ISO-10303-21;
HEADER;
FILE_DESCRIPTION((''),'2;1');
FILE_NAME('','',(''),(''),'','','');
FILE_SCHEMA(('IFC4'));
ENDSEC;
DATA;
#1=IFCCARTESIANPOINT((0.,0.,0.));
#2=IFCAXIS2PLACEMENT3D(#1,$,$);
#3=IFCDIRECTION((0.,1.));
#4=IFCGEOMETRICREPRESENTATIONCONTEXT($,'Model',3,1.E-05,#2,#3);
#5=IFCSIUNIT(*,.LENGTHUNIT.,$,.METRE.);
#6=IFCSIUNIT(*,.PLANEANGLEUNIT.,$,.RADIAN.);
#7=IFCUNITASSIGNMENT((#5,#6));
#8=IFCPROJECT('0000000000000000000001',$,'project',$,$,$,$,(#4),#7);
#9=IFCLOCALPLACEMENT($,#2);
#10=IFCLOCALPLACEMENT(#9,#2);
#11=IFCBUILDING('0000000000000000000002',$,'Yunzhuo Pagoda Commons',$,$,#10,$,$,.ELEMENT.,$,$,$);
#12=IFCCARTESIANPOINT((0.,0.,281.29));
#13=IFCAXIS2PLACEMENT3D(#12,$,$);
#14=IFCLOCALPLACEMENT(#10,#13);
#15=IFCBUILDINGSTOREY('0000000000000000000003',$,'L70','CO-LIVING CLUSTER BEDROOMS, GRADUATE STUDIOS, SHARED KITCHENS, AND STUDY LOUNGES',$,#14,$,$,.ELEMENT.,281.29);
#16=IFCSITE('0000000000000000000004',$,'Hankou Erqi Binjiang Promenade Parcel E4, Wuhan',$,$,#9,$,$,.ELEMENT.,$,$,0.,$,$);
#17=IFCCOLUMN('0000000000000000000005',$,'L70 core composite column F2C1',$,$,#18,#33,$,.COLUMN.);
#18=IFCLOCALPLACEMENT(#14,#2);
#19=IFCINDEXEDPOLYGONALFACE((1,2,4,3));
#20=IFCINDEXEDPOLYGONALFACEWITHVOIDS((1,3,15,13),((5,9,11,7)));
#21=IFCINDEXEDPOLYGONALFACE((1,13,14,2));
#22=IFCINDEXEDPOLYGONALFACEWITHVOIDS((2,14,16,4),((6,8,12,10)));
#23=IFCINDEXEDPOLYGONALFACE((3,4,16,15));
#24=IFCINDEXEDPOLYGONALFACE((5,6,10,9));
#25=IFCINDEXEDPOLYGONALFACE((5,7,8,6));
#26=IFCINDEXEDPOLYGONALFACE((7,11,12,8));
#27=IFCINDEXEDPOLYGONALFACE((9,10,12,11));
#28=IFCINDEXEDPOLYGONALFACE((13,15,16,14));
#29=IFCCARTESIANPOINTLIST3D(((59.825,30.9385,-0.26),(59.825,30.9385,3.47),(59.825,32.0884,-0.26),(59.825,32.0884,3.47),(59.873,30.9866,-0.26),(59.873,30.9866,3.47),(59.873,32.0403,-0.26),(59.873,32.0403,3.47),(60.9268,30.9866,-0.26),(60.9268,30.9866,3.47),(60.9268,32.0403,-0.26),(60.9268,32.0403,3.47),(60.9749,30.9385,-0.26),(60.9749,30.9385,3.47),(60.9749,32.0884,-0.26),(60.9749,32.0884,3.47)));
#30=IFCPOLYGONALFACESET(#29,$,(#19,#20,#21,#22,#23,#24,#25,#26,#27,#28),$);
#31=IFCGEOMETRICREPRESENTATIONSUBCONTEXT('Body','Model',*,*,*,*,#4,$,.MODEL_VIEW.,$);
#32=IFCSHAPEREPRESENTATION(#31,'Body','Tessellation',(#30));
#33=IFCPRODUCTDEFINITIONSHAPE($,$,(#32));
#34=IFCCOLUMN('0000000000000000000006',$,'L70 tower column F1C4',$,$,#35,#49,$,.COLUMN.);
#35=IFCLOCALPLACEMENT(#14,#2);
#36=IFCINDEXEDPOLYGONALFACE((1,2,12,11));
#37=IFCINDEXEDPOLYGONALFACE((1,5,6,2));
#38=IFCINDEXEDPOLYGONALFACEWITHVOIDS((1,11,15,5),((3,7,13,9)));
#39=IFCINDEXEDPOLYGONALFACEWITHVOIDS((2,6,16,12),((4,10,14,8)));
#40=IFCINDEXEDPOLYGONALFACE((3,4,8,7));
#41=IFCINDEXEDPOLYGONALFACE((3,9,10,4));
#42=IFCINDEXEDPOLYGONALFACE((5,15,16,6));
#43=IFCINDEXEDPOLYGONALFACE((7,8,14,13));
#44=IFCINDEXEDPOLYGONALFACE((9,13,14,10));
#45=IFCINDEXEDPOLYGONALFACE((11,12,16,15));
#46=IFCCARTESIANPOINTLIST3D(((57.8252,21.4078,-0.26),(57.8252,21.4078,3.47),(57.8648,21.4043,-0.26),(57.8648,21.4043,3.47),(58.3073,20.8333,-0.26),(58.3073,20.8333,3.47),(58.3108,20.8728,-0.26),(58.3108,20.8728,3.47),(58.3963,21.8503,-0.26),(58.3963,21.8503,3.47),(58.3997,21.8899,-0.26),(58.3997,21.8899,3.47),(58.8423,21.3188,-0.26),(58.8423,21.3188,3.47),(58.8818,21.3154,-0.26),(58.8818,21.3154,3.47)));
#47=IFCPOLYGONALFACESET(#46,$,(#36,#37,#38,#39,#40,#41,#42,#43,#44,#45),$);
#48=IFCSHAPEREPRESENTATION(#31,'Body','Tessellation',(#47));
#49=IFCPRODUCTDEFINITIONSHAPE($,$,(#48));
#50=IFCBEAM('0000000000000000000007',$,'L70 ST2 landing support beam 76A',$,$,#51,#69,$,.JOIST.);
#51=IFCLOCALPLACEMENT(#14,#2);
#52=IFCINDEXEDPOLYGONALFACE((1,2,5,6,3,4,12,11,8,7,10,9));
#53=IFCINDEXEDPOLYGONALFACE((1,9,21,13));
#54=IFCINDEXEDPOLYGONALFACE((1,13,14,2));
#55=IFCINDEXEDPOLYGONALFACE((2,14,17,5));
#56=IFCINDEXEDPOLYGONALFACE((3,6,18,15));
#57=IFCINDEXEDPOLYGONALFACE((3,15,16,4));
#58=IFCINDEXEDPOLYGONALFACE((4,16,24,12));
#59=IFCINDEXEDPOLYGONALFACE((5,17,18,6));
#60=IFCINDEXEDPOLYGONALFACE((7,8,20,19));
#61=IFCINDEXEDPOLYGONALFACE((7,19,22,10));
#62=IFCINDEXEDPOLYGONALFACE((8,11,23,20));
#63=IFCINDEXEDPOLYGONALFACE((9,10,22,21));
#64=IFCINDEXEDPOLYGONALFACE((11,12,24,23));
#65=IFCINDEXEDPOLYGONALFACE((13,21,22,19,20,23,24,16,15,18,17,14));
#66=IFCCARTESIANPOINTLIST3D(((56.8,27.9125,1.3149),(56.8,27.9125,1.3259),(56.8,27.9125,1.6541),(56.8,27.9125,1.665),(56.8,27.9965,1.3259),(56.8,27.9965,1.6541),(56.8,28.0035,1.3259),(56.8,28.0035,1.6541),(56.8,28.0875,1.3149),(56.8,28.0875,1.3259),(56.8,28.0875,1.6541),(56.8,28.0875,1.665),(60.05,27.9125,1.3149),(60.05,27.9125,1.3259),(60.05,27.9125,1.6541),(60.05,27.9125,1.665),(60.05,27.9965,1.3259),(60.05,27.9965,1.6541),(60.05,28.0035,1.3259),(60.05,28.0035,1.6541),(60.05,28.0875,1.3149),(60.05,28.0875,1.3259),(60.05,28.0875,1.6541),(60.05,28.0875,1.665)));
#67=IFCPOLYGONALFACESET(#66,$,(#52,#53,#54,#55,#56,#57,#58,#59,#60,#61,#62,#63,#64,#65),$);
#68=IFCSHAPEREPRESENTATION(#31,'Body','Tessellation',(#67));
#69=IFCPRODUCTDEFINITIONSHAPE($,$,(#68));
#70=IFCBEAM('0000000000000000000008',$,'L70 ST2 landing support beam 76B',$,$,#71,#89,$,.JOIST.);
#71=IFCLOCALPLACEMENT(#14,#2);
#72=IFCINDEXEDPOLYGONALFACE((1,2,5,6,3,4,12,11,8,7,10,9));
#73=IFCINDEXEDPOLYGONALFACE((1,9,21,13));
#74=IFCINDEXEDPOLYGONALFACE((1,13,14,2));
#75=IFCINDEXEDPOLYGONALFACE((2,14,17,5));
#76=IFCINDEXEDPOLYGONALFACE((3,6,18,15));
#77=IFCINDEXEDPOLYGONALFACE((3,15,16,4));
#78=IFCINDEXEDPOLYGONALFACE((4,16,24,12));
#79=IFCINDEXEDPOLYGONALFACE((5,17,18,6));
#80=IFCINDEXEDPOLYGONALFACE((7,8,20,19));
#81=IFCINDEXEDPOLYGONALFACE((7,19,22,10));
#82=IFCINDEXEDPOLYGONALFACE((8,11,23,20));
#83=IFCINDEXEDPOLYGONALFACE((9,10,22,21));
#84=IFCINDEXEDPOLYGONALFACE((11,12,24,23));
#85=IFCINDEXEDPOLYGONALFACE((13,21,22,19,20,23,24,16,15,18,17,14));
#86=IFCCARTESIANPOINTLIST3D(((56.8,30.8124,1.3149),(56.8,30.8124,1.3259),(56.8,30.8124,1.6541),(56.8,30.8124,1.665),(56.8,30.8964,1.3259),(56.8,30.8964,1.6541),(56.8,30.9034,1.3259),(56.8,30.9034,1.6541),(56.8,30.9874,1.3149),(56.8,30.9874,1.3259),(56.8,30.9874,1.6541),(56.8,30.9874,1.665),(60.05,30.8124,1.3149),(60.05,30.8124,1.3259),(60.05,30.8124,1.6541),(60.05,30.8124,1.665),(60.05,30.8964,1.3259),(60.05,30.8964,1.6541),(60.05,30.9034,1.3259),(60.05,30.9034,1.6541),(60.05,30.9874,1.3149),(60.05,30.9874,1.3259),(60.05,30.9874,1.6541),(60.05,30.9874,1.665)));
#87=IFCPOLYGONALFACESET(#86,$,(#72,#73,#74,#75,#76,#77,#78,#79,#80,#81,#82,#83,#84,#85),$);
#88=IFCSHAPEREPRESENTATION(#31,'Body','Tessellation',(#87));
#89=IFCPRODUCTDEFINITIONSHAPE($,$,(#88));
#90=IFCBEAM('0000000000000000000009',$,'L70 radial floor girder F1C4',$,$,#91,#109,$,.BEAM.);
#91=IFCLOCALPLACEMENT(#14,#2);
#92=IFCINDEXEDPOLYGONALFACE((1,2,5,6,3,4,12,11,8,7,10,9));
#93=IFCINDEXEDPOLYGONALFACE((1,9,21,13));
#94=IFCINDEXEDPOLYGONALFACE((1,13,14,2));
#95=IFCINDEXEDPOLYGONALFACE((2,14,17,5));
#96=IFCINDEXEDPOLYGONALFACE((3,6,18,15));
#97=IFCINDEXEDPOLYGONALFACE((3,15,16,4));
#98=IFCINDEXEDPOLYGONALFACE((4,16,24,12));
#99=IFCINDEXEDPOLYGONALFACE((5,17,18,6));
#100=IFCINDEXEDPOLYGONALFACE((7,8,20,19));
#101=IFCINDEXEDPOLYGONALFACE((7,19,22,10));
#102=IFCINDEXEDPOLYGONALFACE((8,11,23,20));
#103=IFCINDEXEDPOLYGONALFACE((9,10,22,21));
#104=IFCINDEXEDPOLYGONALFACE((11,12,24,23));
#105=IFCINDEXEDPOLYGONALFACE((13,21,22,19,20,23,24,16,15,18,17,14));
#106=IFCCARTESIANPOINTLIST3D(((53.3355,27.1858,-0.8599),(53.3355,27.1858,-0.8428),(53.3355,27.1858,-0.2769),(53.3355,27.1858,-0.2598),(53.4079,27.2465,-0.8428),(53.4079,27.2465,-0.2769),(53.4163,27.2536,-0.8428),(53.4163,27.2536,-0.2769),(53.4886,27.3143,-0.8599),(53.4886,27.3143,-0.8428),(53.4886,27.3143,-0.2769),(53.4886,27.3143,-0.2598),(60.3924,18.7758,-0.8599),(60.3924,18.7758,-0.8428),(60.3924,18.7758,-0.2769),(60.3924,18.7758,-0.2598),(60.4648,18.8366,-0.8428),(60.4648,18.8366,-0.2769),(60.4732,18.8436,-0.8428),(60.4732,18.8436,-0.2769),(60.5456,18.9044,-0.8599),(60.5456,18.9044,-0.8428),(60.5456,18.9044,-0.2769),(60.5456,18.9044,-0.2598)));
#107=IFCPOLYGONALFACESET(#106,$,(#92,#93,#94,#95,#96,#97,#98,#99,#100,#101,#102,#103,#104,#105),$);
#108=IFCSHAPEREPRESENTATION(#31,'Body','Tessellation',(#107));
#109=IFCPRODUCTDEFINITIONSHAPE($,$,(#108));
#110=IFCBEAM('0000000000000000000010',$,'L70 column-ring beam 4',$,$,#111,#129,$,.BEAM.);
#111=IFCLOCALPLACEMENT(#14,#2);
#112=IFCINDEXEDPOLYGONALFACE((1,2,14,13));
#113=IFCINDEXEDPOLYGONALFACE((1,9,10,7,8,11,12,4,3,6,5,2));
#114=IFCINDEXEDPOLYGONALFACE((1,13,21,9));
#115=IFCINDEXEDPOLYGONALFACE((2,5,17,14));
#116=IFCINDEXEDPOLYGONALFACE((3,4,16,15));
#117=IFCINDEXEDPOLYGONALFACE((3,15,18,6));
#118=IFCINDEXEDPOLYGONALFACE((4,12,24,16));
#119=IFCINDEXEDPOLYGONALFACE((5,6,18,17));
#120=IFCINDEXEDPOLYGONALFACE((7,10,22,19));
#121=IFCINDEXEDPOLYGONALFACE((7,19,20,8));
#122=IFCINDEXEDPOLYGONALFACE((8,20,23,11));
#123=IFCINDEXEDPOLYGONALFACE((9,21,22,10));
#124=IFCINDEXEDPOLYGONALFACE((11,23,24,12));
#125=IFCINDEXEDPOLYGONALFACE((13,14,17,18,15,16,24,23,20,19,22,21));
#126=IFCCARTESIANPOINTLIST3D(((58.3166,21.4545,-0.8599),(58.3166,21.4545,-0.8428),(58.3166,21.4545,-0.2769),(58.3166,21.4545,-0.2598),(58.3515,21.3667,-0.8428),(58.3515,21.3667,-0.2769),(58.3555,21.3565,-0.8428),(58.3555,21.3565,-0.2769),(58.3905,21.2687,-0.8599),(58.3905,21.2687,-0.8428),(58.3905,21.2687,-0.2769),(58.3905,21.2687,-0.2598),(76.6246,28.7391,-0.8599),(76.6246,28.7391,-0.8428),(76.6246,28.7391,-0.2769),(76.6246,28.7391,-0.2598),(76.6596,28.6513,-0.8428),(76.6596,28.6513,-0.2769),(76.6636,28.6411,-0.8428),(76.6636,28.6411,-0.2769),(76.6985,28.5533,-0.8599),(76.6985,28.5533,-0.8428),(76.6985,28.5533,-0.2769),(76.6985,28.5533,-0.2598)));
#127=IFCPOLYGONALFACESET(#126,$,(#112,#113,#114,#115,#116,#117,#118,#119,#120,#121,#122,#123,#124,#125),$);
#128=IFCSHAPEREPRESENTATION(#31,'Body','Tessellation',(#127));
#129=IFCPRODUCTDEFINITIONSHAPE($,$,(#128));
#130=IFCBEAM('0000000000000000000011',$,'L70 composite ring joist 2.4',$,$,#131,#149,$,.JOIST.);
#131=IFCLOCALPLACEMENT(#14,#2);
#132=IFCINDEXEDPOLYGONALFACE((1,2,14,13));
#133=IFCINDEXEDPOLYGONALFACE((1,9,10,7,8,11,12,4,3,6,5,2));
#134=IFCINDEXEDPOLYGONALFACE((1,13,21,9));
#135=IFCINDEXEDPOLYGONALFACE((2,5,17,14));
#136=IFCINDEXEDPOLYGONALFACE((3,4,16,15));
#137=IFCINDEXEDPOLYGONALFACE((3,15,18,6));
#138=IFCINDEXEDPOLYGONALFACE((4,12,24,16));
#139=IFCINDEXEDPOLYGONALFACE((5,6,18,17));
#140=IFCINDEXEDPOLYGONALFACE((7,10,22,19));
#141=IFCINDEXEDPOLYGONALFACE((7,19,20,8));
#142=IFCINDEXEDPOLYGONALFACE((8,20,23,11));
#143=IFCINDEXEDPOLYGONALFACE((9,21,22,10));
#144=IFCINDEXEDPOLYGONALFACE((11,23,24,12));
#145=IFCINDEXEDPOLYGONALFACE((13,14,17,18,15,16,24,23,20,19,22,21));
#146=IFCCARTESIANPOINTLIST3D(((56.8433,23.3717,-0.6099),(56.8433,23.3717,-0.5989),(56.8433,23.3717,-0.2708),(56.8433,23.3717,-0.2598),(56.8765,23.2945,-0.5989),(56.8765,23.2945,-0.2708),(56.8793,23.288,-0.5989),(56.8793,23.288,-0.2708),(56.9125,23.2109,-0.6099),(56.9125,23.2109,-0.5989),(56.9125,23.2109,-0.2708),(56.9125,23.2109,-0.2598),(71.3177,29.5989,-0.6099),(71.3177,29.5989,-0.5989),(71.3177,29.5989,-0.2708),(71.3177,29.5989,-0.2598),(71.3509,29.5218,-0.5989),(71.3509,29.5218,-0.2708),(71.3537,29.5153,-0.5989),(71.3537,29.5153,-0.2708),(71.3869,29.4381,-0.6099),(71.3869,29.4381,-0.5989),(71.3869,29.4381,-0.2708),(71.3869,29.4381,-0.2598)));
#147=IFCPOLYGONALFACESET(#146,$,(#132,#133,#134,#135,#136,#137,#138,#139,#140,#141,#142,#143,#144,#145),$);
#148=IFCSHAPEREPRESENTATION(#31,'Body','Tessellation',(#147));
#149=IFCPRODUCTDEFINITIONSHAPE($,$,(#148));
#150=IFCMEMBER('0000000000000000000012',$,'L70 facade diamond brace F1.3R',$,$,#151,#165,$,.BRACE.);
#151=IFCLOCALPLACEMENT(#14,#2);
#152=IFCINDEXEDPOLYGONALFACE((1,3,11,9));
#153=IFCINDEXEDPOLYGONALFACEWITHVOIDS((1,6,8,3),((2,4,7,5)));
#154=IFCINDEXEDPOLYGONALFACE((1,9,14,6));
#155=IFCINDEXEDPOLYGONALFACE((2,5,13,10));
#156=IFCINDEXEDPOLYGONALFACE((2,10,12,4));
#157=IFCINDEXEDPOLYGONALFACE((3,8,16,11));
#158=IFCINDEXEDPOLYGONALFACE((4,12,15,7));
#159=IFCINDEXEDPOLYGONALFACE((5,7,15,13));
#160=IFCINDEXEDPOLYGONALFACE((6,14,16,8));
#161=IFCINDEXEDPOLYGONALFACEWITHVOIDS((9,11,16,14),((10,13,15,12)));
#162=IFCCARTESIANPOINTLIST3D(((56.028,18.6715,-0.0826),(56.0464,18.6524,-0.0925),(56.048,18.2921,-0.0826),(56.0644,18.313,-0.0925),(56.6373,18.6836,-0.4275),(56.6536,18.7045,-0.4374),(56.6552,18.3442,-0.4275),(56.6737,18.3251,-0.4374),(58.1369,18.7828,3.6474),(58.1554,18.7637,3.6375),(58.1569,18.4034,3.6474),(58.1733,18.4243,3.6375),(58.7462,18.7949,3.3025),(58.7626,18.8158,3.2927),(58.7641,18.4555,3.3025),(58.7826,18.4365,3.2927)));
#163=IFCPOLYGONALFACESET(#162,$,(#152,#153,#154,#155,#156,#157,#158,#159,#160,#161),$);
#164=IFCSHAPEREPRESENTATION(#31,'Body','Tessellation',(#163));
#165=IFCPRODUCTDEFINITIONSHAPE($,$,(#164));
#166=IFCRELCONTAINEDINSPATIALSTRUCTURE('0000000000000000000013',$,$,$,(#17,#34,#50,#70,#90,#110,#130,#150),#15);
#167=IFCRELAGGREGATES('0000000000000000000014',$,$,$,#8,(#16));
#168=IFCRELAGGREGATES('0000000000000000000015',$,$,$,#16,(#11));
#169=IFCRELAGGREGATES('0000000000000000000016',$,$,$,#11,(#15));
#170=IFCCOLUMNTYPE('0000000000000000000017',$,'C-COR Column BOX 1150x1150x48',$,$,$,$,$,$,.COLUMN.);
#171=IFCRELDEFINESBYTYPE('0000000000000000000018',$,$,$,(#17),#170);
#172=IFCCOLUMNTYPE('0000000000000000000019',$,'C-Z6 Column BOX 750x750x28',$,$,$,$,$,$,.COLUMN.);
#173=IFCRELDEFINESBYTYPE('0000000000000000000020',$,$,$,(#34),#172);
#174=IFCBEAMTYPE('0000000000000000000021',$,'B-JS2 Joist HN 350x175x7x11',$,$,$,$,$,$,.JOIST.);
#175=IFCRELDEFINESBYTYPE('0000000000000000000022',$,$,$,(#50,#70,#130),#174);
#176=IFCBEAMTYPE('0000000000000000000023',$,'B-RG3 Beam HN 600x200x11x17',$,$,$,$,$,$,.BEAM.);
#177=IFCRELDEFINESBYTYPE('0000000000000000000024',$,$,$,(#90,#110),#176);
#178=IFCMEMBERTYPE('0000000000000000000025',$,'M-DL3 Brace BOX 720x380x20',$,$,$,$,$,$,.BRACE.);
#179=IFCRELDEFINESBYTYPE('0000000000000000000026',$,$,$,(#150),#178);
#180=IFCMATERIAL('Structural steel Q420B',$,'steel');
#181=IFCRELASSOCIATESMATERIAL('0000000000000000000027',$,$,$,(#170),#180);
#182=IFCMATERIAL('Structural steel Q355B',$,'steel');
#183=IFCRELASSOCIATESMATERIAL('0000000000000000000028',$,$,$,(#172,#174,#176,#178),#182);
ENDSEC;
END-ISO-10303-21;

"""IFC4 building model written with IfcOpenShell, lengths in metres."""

from ifc_helpers import new_model, si_unit, direction, frame, origin, origin_2d, place, context, subcontext, project, spatial, hollow_rectangle, i_section, extrude, source, transform, mapped, material, material_profile, profile_set, type_object, element, save


model = new_model("IFC4")

# Units and contexts
model_context = context("Model", 3, precision=1e-05, world=origin(), true_north=direction((0.0, 1.0)))
body_context = subcontext(model_context, "Body", "Model", "MODEL_VIEW")
ifc_project = project(units=[si_unit("LENGTHUNIT", "METRE"), si_unit("PLANEANGLEUNIT", "RADIAN")], contexts=[model_context])

# Site, building, storey
site_placement = place(None, origin())
site = spatial("IfcSite", under=ifc_project, at=site_placement, Name="Hankou Erqi Binjiang Promenade Parcel E4, Wuhan", CompositionType="ELEMENT", RefElevation=0.0)
building_placement = place(site_placement, origin())
building = spatial("IfcBuilding", under=site, at=building_placement, Name="Yunzhuo Pagoda Commons", CompositionType="ELEMENT")
storey_placement = place(building_placement, frame((0.0, 0.0, 281.29)))
storey = spatial("IfcBuildingStorey", under=building, at=storey_placement, Name="L70", Description="CO-LIVING CLUSTER BEDROOMS, GRADUATE STUDIOS, SHARED KITCHENS, AND STUDY LOUNGES", CompositionType="ELEMENT", Elevation=281.29)

# Columns
ifc_material_1 = material(Name="Structural steel Q420B", Category="steel")
ifc_material_profile_1 = material_profile(ifc_material_1, hollow_rectangle(XDim=1.1499, YDim=1.1499, WallThickness=0.0481, at=origin_2d()), Name="Structural steel Q420B")
ifc_profile_set_1 = profile_set([ifc_material_profile_1], Name="Structural steel Q420B")
column_type_1 = type_object("IfcColumnType", Name="C-COR Column BOX 1150x1150x48", PredefinedType="COLUMN", material=ifc_profile_set_1)
shared_shape_1 = source(origin(), body_context, "Body", "SweptSolid", [
    extrude(hollow_rectangle(XDim=1.1499, YDim=1.1499, WallThickness=0.0481, at=origin_2d()), origin(), (0.0, 0.0, 1.0), 3.73),
])
column_1_placement = place(storey_placement, frame((60.3999, 31.5134, -0.26), z_axis=(0.0, 0.0, 1.0), x_axis=(1.0, 0.0, 0.0)))
element("IfcColumn", 1, at=column_1_placement, inside=storey, type_object=column_type_1, Name="L70 core composite column F2C1", PredefinedType="COLUMN", context=body_context, shape_type="MappedRepresentation", body=[
    mapped(shared_shape_1, transform((0.0, 0.0, 0.0), scale=1.0)),
])
ifc_material_2 = material(Name="Structural steel Q355B", Category="steel")
ifc_material_profile_2 = material_profile(ifc_material_2, hollow_rectangle(XDim=0.75, YDim=0.75, WallThickness=0.0281, at=origin_2d()), Name="Structural steel Q355B")
ifc_profile_set_2 = profile_set([ifc_material_profile_2], Name="Structural steel Q355B")
column_type_2 = type_object("IfcColumnType", Name="C-Z6 Column BOX 750x750x28", PredefinedType="COLUMN", material=ifc_profile_set_2)
shared_shape_2 = source(origin(), body_context, "Body", "SweptSolid", [
    extrude(hollow_rectangle(XDim=0.75, YDim=0.75, WallThickness=0.0281, at=origin_2d()), origin(), (0.0, 0.0, 1.0), 3.73),
])
column_2_placement = place(storey_placement, frame((58.3535, 21.3616, -0.26), z_axis=(0.0, 0.0, 1.0), x_axis=(0.766044, 0.642788, 0.0)))
element("IfcColumn", 2, at=column_2_placement, inside=storey, type_object=column_type_2, Name="L70 tower column F1C4", PredefinedType="COLUMN", context=body_context, shape_type="MappedRepresentation", body=[
    mapped(shared_shape_2, transform((0.0, 0.0, 0.0), scale=1.0)),
])

# Beams
ifc_material_profile_3 = material_profile(ifc_material_2, i_section(OverallWidth=0.175, OverallDepth=0.3501, WebThickness=0.0071, FlangeThickness=0.011, at=origin_2d()), Name="Structural steel Q355B")
ifc_profile_set_3 = profile_set([ifc_material_profile_3], Name="Structural steel Q355B")
beam_type_1 = type_object("IfcBeamType", Name="B-JS2 Joist HN 350x175x7x11", PredefinedType="JOIST", material=ifc_profile_set_3)
shared_shape_3 = source(origin(), body_context, "Body", "SweptSolid", [
    extrude(i_section(OverallWidth=0.175, OverallDepth=0.3501, WebThickness=0.0071, FlangeThickness=0.011, at=origin_2d()), origin(), (0.0, 0.0, 1.0), 3.25),
])
for number, where, z_axis, x_axis, name in (
    (3, (56.8, 28.0, 1.49), (1.0, 0.0, 0.0), (0.0, 1.0, 0.0), "L70 ST2 landing support beam 76A"),
    (4, (56.8, 30.8999, 1.49), (1.0, 0.0, 0.0), (0.0, 1.0, 0.0), "L70 ST2 landing support beam 76B"),
):
    element("IfcBeam", number, at=place(storey_placement, frame(where, z_axis=z_axis, x_axis=x_axis)), inside=storey, type_object=beam_type_1, Name=name, PredefinedType="JOIST", context=body_context, shape_type="MappedRepresentation", body=[
        mapped(shared_shape_3, transform((0.0, 0.0, 0.0), scale=1.0)),
    ])
ifc_material_profile_4 = material_profile(ifc_material_2, i_section(OverallWidth=0.2, OverallDepth=0.6001, WebThickness=0.011, FlangeThickness=0.0171, at=origin_2d()), Name="Structural steel Q355B")
ifc_profile_set_4 = profile_set([ifc_material_profile_4], Name="Structural steel Q355B")
beam_type_2 = type_object("IfcBeamType", Name="B-RG3 Beam HN 600x200x11x17", PredefinedType="BEAM", material=ifc_profile_set_4)
shared_shape_4 = source(origin(), body_context, "Body", "SweptSolid", [
    extrude(i_section(OverallWidth=0.2, OverallDepth=0.6001, WebThickness=0.011, FlangeThickness=0.0171, at=origin_2d()), origin(), (0.0, 0.0, 1.0), 10.9785),
])
beam_1_placement = place(storey_placement, frame((60.469, 18.8401, -0.5598), z_axis=(-0.642795, 0.766039, 0.0), x_axis=(-0.766039, -0.642795, 0.0)))
element("IfcBeam", 5, at=beam_1_placement, inside=storey, type_object=beam_type_2, Name="L70 radial floor girder F1C4", PredefinedType="BEAM", context=body_context, shape_type="MappedRepresentation", body=[
    mapped(shared_shape_4, transform((0.0, 0.0, 0.0), scale=1.0)),
])
shared_shape_5 = source(origin(), body_context, "Body", "SweptSolid", [
    extrude(i_section(OverallWidth=0.2, OverallDepth=0.6001, WebThickness=0.011, FlangeThickness=0.0171, at=origin_2d()), origin(), (0.0, 0.0, 1.0), 19.7041),
])
beam_2_placement = place(storey_placement, frame((58.3535, 21.3616, -0.5598), z_axis=(0.92915, 0.369702, 0.0), x_axis=(-0.369702, 0.92915, 0.0)))
element("IfcBeam", 6, at=beam_2_placement, inside=storey, type_object=beam_type_2, Name="L70 column-ring beam 4", PredefinedType="BEAM", context=body_context, shape_type="MappedRepresentation", body=[
    mapped(shared_shape_5, transform((0.0, 0.0, 0.0), scale=1.0)),
])
shared_shape_6 = source(origin(), body_context, "Body", "SweptSolid", [
    extrude(i_section(OverallWidth=0.175, OverallDepth=0.3501, WebThickness=0.0071, FlangeThickness=0.011, at=origin_2d()), origin(), (0.0, 0.0, 1.0), 15.7571),
])
beam_3_placement = place(storey_placement, frame((56.8779, 23.2913, -0.4348), z_axis=(0.918593, 0.395205, 0.0), x_axis=(-0.395205, 0.918593, 0.0)))
element("IfcBeam", 7, at=beam_3_placement, inside=storey, type_object=beam_type_1, Name="L70 composite ring joist 2.4", PredefinedType="JOIST", context=body_context, shape_type="MappedRepresentation", body=[
    mapped(shared_shape_6, transform((0.0, 0.0, 0.0), scale=1.0)),
])

# Member
ifc_material_profile_5 = material_profile(ifc_material_2, hollow_rectangle(XDim=0.3799, YDim=0.72, WallThickness=0.02, at=origin_2d()), Name="Structural steel Q355B")
ifc_profile_set_5 = profile_set([ifc_material_profile_5], Name="Structural steel Q355B")
member_type_1 = type_object("IfcMemberType", Name="M-DL3 Brace BOX 720x380x20", PredefinedType="BRACE", material=ifc_profile_set_5)
shared_shape_7 = source(origin(), body_context, "Body", "SweptSolid", [
    extrude(hollow_rectangle(XDim=0.3799, YDim=0.72, WallThickness=0.02, at=origin_2d()), origin(), (0.0, 0.0, 1.0), 4.2864),
])
member_1_placement = place(storey_placement, frame((56.3508, 18.4983, -0.26), z_axis=(0.492004, 0.025973, 0.870205), x_axis=(-0.052717, 0.99861, 0.0)))
element("IfcMember", 8, at=member_1_placement, inside=storey, type_object=member_type_1, Name="L70 facade diamond brace F1.3R", PredefinedType="BRACE", context=body_context, shape_type="MappedRepresentation", body=[
    mapped(shared_shape_7, transform((0.0, 0.0, 0.0), scale=1.0)),
])

save(model, "model.ifc")
